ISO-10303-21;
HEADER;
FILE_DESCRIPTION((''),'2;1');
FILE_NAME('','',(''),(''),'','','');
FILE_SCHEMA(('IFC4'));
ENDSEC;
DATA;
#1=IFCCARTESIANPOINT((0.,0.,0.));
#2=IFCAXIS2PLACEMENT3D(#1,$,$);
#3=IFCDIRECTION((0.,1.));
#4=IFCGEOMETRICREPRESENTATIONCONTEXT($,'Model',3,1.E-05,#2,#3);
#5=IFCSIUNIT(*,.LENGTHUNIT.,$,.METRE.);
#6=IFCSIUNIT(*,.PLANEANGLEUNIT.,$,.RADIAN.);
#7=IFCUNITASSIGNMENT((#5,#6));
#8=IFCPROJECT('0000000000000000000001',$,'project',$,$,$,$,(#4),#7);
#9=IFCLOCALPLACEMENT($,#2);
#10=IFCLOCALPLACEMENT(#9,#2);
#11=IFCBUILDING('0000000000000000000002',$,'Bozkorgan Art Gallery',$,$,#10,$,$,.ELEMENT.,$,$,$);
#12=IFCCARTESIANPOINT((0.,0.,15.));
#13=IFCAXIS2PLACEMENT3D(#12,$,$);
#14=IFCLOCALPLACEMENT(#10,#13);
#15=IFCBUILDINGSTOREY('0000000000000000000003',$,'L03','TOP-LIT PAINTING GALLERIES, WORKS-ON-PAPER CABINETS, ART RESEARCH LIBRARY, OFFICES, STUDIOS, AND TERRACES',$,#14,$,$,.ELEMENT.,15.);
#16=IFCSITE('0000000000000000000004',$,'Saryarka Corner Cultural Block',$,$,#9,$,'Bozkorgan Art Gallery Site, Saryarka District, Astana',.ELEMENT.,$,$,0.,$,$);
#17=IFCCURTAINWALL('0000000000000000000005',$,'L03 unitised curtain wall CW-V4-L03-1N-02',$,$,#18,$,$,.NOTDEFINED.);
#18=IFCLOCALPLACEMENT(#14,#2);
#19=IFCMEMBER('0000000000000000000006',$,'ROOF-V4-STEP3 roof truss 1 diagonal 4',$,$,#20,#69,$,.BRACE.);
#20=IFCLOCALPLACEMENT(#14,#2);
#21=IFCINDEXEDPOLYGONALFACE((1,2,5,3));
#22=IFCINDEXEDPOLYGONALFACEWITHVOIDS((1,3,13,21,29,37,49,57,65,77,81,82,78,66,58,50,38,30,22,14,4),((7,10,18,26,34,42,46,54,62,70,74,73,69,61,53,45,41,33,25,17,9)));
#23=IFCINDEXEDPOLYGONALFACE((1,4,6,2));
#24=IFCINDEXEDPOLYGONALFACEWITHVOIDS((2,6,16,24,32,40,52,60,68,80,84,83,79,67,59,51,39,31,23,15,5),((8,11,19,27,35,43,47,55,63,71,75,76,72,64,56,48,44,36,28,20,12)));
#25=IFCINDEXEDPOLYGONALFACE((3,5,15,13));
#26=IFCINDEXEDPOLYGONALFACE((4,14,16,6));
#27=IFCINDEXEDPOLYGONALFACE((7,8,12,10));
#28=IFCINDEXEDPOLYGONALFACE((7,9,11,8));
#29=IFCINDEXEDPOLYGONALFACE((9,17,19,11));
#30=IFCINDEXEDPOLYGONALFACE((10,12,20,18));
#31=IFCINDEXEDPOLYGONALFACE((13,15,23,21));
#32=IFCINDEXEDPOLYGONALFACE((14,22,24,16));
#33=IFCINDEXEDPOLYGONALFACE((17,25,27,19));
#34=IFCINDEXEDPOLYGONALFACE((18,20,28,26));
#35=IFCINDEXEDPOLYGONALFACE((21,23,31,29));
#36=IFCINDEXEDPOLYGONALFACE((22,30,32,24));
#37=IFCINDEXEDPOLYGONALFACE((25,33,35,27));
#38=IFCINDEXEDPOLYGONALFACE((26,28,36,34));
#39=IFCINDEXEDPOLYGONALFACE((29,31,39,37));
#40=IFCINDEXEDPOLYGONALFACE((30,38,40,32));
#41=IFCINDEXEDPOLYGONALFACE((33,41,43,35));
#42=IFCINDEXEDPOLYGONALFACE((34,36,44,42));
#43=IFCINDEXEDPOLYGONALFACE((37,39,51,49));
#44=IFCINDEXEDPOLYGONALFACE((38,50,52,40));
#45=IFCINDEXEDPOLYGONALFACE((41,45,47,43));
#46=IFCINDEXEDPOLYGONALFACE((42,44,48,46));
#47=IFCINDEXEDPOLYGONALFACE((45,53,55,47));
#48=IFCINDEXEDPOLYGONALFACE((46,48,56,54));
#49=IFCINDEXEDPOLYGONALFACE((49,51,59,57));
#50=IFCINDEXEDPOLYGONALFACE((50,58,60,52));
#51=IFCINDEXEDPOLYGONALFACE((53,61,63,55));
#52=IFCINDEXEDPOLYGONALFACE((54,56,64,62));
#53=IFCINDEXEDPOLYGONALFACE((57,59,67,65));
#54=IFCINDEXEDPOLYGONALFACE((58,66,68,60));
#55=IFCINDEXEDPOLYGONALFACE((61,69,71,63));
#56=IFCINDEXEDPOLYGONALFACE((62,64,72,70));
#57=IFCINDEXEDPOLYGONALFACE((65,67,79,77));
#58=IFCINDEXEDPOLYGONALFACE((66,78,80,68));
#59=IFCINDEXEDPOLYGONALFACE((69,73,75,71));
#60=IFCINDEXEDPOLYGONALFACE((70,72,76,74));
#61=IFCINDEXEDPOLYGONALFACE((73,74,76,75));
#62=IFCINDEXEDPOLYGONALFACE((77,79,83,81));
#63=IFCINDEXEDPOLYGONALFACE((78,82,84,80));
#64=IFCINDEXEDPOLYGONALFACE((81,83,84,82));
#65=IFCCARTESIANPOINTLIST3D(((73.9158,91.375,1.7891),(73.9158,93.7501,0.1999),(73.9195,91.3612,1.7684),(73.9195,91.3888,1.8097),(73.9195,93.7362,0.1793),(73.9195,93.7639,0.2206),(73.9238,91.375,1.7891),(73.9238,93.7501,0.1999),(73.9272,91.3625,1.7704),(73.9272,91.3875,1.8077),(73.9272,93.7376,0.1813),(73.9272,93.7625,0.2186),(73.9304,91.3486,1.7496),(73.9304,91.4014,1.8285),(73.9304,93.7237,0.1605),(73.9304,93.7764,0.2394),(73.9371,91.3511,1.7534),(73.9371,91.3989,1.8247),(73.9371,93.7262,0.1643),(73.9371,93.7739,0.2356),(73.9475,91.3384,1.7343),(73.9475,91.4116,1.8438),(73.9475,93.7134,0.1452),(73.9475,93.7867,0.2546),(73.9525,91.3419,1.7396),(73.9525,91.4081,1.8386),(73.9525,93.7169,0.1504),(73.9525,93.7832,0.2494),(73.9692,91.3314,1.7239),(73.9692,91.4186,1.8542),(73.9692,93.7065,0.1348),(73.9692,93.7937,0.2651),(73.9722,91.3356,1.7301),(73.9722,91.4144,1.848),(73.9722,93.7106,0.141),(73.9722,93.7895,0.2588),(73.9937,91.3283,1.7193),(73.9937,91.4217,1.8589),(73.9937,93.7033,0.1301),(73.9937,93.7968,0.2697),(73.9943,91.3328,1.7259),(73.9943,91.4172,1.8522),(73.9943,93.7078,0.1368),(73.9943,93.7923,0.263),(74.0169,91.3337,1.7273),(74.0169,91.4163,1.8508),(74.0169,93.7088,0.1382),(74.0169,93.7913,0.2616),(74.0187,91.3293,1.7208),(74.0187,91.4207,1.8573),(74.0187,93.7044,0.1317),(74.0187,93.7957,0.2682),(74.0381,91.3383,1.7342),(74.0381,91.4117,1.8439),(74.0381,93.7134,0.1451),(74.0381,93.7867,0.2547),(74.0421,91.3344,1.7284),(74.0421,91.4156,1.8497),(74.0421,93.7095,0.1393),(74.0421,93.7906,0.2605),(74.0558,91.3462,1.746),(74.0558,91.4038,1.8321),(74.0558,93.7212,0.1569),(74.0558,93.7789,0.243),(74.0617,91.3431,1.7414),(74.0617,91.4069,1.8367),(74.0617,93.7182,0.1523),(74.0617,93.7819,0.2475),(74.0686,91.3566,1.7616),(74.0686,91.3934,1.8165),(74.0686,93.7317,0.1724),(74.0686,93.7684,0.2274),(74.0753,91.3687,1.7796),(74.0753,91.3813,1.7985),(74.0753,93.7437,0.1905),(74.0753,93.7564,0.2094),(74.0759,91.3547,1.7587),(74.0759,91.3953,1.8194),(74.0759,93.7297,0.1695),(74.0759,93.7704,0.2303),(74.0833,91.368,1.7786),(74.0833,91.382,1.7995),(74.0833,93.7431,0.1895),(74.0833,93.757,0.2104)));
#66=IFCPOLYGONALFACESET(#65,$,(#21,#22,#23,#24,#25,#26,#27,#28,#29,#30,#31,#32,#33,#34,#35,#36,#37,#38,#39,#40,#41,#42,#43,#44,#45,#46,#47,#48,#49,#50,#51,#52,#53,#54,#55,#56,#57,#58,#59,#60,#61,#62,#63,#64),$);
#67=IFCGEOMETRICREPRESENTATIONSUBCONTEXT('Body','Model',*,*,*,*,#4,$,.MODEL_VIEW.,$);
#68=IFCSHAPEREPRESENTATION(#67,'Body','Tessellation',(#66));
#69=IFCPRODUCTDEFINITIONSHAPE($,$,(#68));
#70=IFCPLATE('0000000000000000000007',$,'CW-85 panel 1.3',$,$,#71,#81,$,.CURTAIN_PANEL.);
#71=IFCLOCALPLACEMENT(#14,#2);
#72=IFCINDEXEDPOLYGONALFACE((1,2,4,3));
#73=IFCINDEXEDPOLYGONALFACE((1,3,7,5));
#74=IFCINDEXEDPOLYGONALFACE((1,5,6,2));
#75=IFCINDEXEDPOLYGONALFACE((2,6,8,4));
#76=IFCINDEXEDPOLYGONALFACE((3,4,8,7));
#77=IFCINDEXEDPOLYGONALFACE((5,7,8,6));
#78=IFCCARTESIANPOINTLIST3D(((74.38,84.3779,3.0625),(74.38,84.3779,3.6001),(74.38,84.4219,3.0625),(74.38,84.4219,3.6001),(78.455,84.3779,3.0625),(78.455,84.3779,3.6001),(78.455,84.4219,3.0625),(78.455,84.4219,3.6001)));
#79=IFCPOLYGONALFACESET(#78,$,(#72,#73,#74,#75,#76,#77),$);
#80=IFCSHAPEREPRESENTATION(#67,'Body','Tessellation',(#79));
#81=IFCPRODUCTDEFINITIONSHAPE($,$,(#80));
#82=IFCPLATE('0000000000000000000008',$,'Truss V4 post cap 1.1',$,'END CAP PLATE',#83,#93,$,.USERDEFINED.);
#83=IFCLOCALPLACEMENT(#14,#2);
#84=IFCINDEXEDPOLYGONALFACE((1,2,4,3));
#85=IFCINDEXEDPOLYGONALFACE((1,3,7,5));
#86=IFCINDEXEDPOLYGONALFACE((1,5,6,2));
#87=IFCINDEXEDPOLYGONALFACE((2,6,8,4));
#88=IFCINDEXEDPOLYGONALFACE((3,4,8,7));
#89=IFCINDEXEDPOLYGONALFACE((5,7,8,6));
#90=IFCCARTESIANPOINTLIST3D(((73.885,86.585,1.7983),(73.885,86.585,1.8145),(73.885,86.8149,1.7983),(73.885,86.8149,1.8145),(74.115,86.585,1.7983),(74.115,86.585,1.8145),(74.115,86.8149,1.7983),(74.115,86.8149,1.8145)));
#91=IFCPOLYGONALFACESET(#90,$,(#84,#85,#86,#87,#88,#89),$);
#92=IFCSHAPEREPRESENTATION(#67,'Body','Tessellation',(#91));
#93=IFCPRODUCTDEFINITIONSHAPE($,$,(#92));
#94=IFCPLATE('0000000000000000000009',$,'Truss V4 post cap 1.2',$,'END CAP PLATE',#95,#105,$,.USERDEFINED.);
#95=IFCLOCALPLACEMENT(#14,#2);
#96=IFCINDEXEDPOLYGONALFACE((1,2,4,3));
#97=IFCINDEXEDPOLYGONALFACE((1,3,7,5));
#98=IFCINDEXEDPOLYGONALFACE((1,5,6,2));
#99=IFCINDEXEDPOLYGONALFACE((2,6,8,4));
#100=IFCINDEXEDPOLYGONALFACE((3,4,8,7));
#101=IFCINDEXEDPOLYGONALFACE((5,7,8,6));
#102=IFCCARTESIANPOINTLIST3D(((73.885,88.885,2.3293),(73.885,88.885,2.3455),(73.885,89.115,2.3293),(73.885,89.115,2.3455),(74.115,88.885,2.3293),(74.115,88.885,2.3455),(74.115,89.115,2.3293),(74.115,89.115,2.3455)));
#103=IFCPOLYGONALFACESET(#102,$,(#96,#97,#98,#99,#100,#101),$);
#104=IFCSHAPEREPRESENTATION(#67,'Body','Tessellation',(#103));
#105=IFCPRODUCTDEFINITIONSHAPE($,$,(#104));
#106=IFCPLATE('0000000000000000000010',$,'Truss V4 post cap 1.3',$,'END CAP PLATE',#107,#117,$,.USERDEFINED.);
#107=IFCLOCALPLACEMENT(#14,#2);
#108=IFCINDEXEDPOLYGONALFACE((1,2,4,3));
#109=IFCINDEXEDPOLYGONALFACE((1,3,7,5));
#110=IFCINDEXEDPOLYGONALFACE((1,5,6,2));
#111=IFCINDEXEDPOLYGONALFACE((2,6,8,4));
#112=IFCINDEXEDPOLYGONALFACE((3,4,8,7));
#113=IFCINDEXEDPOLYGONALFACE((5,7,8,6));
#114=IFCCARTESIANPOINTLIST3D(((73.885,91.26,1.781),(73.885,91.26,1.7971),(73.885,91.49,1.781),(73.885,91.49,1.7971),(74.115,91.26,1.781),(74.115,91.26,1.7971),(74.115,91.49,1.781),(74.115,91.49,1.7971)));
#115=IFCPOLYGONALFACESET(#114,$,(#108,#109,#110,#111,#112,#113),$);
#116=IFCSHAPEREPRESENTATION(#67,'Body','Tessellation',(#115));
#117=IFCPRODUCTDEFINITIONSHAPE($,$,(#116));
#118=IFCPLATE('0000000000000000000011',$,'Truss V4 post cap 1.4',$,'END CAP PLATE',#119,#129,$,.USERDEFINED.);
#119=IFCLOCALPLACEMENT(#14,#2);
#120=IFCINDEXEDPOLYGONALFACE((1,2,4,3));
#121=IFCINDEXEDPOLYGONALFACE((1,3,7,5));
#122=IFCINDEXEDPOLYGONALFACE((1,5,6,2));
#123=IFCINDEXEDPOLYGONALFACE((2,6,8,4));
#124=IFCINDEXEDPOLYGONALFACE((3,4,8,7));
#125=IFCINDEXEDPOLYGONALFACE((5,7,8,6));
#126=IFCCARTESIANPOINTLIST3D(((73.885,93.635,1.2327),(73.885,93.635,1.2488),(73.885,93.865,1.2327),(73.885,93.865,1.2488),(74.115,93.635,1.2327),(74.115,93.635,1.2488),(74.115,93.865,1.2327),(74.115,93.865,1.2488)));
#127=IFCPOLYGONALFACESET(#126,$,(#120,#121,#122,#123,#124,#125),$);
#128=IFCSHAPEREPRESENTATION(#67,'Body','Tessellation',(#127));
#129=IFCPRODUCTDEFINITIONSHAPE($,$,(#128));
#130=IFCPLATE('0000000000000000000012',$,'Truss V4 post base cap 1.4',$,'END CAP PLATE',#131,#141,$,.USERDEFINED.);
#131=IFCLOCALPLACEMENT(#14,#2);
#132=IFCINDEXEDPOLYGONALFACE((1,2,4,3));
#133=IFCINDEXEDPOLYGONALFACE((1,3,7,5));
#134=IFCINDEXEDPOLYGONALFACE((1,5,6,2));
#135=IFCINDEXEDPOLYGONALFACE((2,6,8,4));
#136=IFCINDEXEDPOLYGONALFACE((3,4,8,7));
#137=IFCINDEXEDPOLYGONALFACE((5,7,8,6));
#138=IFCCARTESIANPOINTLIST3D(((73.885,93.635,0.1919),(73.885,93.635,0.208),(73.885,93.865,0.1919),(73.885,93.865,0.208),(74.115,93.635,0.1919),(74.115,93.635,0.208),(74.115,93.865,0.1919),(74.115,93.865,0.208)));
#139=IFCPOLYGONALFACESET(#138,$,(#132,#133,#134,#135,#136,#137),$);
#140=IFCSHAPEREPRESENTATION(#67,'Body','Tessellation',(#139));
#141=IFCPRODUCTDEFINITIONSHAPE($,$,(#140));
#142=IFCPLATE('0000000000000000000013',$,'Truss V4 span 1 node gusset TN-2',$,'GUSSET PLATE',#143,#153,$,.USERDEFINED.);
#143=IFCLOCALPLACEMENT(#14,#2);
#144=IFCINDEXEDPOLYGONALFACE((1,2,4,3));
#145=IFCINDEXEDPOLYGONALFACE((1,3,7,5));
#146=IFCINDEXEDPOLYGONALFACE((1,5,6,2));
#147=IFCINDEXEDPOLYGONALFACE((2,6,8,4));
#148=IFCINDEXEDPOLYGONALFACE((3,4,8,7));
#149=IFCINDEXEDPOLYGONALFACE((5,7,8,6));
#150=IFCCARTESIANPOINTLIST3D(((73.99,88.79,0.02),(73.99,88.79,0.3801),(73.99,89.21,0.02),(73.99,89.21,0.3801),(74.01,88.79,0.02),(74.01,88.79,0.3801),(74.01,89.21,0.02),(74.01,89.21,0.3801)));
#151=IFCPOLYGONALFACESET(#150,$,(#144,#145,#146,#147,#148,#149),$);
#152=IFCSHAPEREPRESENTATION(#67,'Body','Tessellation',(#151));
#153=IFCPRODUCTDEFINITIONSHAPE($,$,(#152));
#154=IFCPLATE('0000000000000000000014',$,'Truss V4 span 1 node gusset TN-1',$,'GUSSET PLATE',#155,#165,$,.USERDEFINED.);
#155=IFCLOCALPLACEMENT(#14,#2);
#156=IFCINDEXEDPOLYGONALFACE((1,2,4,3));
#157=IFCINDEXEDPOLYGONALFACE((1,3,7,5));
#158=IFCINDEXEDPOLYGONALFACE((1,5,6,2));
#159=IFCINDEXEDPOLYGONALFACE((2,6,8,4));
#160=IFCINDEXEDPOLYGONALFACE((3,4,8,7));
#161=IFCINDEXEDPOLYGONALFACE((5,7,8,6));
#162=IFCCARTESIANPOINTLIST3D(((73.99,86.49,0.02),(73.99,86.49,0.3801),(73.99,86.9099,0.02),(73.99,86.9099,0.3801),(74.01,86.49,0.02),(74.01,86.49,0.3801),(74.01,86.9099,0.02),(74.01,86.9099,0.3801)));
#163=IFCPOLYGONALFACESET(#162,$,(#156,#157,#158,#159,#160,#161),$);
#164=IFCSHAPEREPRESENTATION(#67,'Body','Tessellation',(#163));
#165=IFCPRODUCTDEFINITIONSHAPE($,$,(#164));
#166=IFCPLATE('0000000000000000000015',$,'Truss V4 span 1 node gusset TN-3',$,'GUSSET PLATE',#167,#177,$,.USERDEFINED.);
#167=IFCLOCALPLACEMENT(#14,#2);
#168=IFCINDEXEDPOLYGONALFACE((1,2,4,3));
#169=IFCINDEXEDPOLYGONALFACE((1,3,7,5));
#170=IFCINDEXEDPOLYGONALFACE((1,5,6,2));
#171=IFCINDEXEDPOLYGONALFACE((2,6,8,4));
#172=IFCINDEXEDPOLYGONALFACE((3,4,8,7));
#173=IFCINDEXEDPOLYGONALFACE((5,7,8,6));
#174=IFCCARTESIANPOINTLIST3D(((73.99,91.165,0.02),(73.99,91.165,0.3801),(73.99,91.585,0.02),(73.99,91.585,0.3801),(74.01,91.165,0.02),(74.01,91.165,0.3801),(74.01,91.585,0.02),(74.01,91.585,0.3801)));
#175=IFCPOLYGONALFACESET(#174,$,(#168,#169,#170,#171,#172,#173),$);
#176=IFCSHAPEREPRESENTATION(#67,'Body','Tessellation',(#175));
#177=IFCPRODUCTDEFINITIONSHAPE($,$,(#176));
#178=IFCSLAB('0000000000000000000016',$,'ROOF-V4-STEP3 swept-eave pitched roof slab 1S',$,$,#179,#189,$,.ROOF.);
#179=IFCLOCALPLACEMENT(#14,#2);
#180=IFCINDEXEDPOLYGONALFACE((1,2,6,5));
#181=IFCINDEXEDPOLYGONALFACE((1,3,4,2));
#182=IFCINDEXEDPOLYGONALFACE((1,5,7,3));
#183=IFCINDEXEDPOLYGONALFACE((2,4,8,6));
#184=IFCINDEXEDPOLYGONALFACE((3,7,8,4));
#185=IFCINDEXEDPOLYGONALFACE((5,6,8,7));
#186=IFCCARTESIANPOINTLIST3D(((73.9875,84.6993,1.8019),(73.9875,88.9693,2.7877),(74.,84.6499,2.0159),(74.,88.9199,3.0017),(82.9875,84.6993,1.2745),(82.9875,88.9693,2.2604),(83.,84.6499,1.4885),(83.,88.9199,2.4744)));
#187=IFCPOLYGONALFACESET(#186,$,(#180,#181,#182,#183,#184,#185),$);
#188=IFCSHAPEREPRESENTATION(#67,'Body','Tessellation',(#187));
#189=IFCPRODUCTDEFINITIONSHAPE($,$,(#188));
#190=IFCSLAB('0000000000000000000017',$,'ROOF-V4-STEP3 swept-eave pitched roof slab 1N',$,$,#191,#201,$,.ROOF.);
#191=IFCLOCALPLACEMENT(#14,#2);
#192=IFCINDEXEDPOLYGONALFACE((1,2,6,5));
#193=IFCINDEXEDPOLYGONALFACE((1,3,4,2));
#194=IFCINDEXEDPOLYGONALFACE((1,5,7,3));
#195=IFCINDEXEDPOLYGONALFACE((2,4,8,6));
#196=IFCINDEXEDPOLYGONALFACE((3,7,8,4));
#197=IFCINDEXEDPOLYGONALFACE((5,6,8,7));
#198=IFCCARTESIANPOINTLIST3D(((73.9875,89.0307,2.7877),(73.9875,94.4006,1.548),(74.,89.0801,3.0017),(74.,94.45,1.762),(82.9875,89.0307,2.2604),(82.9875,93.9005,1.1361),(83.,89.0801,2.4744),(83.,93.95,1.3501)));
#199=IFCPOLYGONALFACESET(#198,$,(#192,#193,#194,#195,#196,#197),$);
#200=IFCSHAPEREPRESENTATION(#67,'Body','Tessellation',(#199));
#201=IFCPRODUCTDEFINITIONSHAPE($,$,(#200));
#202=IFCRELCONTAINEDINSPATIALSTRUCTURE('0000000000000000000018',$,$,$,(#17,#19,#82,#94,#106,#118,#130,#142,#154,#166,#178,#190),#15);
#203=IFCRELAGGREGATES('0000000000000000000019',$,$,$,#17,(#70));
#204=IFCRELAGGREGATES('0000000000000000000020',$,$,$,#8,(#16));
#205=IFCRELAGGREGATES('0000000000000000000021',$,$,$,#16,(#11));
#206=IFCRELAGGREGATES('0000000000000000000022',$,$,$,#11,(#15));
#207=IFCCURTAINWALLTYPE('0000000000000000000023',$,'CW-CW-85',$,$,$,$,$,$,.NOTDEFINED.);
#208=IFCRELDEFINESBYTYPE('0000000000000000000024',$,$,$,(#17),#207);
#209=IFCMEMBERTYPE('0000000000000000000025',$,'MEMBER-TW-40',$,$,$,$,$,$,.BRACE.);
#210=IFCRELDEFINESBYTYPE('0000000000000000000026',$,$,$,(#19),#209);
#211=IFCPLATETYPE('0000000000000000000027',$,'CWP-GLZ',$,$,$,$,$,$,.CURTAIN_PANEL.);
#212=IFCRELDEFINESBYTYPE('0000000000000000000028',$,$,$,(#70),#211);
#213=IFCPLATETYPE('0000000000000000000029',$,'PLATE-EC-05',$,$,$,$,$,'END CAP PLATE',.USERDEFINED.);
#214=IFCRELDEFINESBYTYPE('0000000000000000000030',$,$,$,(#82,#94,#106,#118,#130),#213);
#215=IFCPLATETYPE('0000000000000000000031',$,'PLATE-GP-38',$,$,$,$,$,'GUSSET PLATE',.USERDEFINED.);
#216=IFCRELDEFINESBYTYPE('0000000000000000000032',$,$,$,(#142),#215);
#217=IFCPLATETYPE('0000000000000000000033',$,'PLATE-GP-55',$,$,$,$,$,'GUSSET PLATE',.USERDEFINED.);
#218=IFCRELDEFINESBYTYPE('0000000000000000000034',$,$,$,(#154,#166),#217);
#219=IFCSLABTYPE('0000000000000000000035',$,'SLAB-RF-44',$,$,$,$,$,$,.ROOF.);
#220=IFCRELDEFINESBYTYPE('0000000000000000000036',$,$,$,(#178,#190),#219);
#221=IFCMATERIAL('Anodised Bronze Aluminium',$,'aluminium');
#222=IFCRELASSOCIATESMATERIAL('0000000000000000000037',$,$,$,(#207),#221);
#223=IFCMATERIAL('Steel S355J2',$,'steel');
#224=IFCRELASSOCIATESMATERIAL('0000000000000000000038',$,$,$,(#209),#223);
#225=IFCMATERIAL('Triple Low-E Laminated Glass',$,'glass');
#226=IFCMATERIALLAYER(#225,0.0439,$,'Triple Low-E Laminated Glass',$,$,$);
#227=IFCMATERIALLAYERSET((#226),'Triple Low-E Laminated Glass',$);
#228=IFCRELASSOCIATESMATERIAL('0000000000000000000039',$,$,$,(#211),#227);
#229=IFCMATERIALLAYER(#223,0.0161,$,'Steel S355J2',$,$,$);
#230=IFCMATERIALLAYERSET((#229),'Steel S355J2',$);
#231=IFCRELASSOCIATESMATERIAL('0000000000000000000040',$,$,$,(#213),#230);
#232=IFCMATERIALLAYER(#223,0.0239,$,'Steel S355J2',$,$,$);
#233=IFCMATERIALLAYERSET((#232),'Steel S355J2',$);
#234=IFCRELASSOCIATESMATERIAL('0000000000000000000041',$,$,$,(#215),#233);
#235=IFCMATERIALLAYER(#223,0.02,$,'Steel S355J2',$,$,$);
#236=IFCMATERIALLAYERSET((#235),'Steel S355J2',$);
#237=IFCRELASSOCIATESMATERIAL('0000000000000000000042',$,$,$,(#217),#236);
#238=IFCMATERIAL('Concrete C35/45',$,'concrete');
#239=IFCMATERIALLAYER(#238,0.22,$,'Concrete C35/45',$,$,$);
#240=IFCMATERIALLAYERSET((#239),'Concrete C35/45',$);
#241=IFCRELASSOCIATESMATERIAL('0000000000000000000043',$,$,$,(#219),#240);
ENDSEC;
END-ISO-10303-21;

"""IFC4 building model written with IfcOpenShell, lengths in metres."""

from ifc_helpers import new_model, si_unit, direction, frame, origin, origin_2d, place, context, subcontext, project, spatial, polyline, rectangle, hollow_circle, outline, extrude, material, layer, layer_set, material_profile, profile_set, type_object, element, aggregate, save


model = new_model("IFC4")

# Units and contexts
model_context = context("Model", 3, precision=1e-05, world=origin(), true_north=direction((0.0, 1.0)))
body_context = subcontext(model_context, "Body", "Model", "MODEL_VIEW")
ifc_project = project(units=[si_unit("LENGTHUNIT", "METRE"), si_unit("PLANEANGLEUNIT", "RADIAN")], contexts=[model_context])

# Site, building, storey
site_placement = place(None, origin())
site = spatial("IfcSite", under=ifc_project, at=site_placement, Name="Saryarka Corner Cultural Block", LongName="Bozkorgan Art Gallery Site, Saryarka District, Astana", CompositionType="ELEMENT", RefElevation=0.0)
building_placement = place(site_placement, origin())
building = spatial("IfcBuilding", under=site, at=building_placement, Name="Bozkorgan Art Gallery", CompositionType="ELEMENT")
storey_placement = place(building_placement, frame((0.0, 0.0, 15.0)))
storey = spatial("IfcBuildingStorey", under=building, at=storey_placement, Name="L03", Description="TOP-LIT PAINTING GALLERIES, WORKS-ON-PAPER CABINETS, ART RESEARCH LIBRARY, OFFICES, STUDIOS, AND TERRACES", CompositionType="ELEMENT", Elevation=15.0)

# Shared definitions
ifc_material_1 = material(Name="Steel S355J2", Category="steel")

# Curtain wall
ifc_material_2 = material(Name="Anodised Bronze Aluminium", Category="aluminium")
curtain_wall_type = type_object("IfcCurtainWallType", Name="CW-CW-85", PredefinedType="NOTDEFINED", material=ifc_material_2)
curtain_wall_placement = place(storey_placement, origin())
curtain_wall = element("IfcCurtainWall", 1, at=curtain_wall_placement, inside=storey, type_object=curtain_wall_type, Name="L03 unitised curtain wall CW-V4-L03-1N-02", PredefinedType="NOTDEFINED")

# Member
ifc_material_profile_1 = material_profile(ifc_material_1, hollow_circle(Radius=0.0842, WallThickness=0.0081, at=origin_2d()), Name="CHS 168.3x8")
ifc_profile_set_1 = profile_set([ifc_material_profile_1], Name="Steel S355J2")
member_type_1 = type_object("IfcMemberType", Name="MEMBER-TW-40", PredefinedType="BRACE", material=ifc_profile_set_1)
for number, where, z_axis, x_axis, name in (
    (2, (74.0, 91.375, 1.7891), (0.0, 0.831116, -0.556099), (-1.0, 0.0, 0.0), "ROOF-V4-STEP3 roof truss 1 diagonal 4"),
):
    element("IfcMember", number, at=place(storey_placement, frame(where, z_axis=z_axis, x_axis=x_axis)), inside=storey, type_object=member_type_1, Name=name, PredefinedType="BRACE", context=body_context, shape_type="SweptSolid", body=[
        extrude(hollow_circle(Radius=0.0842, WallThickness=0.0081, at=origin_2d()), origin(), (0.0, 0.0, 1.0), 2.8577),
    ])

# Plate
ifc_material_3 = material(Name="Triple Low-E Laminated Glass", Category="glass")
ifc_layer_1 = layer(ifc_material_3, 0.0439, Name="Triple Low-E Laminated Glass")
ifc_layer_set_1 = layer_set([ifc_layer_1], Name="Triple Low-E Laminated Glass")
plate_type_1 = type_object("IfcPlateType", Name="CWP-GLZ", PredefinedType="CURTAIN_PANEL", material=ifc_layer_set_1)
plate_1_placement = place(storey_placement, frame((76.4175, 84.3999, 3.0625), z_axis=(0.0, 0.0, 1.0), x_axis=(1.0, 0.0, 0.0)))
plate_1 = element("IfcPlate", 3, at=plate_1_placement, type_object=plate_type_1, Name="CW-85 panel 1.3", PredefinedType="CURTAIN_PANEL", context=body_context, shape_type="SweptSolid", body=[
    extrude(rectangle(XDim=4.075, YDim=0.0439, at=origin_2d()), origin(), (0.0, 0.0, 1.0), 0.5376),
])
aggregate(curtain_wall, [plate_1])

# Plates
ifc_layer_2 = layer(ifc_material_1, 0.0161, Name="Steel S355J2")
ifc_layer_set_2 = layer_set([ifc_layer_2], Name="Steel S355J2")
plate_type_2 = type_object("IfcPlateType", Name="PLATE-EC-05", ElementType="END CAP PLATE", PredefinedType="USERDEFINED", material=ifc_layer_set_2)
for number, where, z_axis, x_axis, name in (
    (4, (74.0, 86.7, 1.7983), (0.0, 0.0, 1.0), (1.0, 0.0, 0.0), "Truss V4 post cap 1.1"),
    (5, (74.0, 89.0, 2.3293), (0.0, 0.0, 1.0), (1.0, 0.0, 0.0), "Truss V4 post cap 1.2"),
    (6, (74.0, 91.375, 1.781), (0.0, 0.0, 1.0), (1.0, 0.0, 0.0), "Truss V4 post cap 1.3"),
    (7, (74.0, 93.75, 1.2327), (0.0, 0.0, 1.0), (1.0, 0.0, 0.0), "Truss V4 post cap 1.4"),
    (8, (74.0, 93.75, 0.1919), (0.0, 0.0, 1.0), (1.0, 0.0, 0.0), "Truss V4 post base cap 1.4"),
):
    element("IfcPlate", number, at=place(storey_placement, frame(where, z_axis=z_axis, x_axis=x_axis)), inside=storey, type_object=plate_type_2, Name=name, ObjectType="END CAP PLATE", PredefinedType="USERDEFINED", context=body_context, shape_type="SweptSolid", body=[
        extrude(rectangle(XDim=0.23, YDim=0.23, at=origin_2d()), origin(), (0.0, 0.0, 1.0), 0.0161),
    ])
ifc_layer_3 = layer(ifc_material_1, 0.0239, Name="Steel S355J2")
ifc_layer_set_3 = layer_set([ifc_layer_3], Name="Steel S355J2")
plate_type_3 = type_object("IfcPlateType", Name="PLATE-GP-38", ElementType="GUSSET PLATE", PredefinedType="USERDEFINED", material=ifc_layer_set_3)
plate_2_placement = place(storey_placement, frame((74.0, 89.0, 0.02), z_axis=(0.0, 0.0, 1.0), x_axis=(1.0, 0.0, 0.0)))
element("IfcPlate", 9, at=plate_2_placement, inside=storey, type_object=plate_type_3, Name="Truss V4 span 1 node gusset TN-2", ObjectType="GUSSET PLATE", PredefinedType="USERDEFINED", context=body_context, shape_type="SweptSolid", body=[
    extrude(rectangle(XDim=0.02, YDim=0.4199, at=origin_2d()), origin(), (0.0, 0.0, 1.0), 0.3601),
])
ifc_layer_4 = layer(ifc_material_1, 0.02, Name="Steel S355J2")
ifc_layer_set_4 = layer_set([ifc_layer_4], Name="Steel S355J2")
plate_type_4 = type_object("IfcPlateType", Name="PLATE-GP-55", ElementType="GUSSET PLATE", PredefinedType="USERDEFINED", material=ifc_layer_set_4)
for number, where, z_axis, x_axis, name in (
    (10, (74.0, 86.7, 0.02), (0.0, 0.0, 1.0), (1.0, 0.0, 0.0), "Truss V4 span 1 node gusset TN-1"),
    (11, (74.0, 91.375, 0.02), (0.0, 0.0, 1.0), (1.0, 0.0, 0.0), "Truss V4 span 1 node gusset TN-3"),
):
    element("IfcPlate", number, at=place(storey_placement, frame(where, z_axis=z_axis, x_axis=x_axis)), inside=storey, type_object=plate_type_4, Name=name, ObjectType="GUSSET PLATE", PredefinedType="USERDEFINED", context=body_context, shape_type="SweptSolid", body=[
        extrude(rectangle(XDim=0.02, YDim=0.4199, at=origin_2d()), origin(), (0.0, 0.0, 1.0), 0.3601),
    ])

# Slabs
ifc_material_4 = material(Name="Concrete C35/45", Category="concrete")
ifc_layer_5 = layer(ifc_material_4, 0.22, Name="Concrete C35/45")
ifc_layer_set_5 = layer_set([ifc_layer_5], Name="Concrete C35/45")
slab_type = type_object("IfcSlabType", Name="SLAB-RF-44", PredefinedType="ROOF", material=ifc_layer_set_5)
slab_1_placement = place(storey_placement, frame((74.0, 84.6499, 2.0159), z_axis=(0.056999, -0.224591, 0.972785), x_axis=(0.998288, 0.0, -0.058493)))
element("IfcSlab", 12, at=slab_1_placement, inside=storey, type_object=slab_type, Name="ROOF-V4-STEP3 swept-eave pitched roof slab 1S", PredefinedType="ROOF", context=body_context, shape_type="SweptSolid", body=[
    extrude(outline(polyline([(0.0, 0.0), (9.0154, 0.0), (8.9578, 4.382), (-0.0577, 4.382), (0.0, 0.0)])), origin(), (0.0, 0.0, -1.0), 0.22),
])
slab_2_placement = place(storey_placement, frame((74.0, 89.0801, 3.0017), z_axis=(0.056997, 0.224584, 0.972786), x_axis=(0.998288, 0.000001, -0.058491)))
element("IfcSlab", 13, at=slab_2_placement, inside=storey, type_object=slab_type, Name="ROOF-V4-STEP3 swept-eave pitched roof slab 1N", PredefinedType="ROOF", context=body_context, shape_type="SweptSolid", body=[
    extrude(outline(polyline([(0.0, 0.0), (9.0154, 0.0), (9.0812, 4.9975), (0.0725, 5.5106), (0.0, 0.0)])), origin(), (0.0, 0.0, -1.0), 0.22),
])

save(model, "model.ifc")
